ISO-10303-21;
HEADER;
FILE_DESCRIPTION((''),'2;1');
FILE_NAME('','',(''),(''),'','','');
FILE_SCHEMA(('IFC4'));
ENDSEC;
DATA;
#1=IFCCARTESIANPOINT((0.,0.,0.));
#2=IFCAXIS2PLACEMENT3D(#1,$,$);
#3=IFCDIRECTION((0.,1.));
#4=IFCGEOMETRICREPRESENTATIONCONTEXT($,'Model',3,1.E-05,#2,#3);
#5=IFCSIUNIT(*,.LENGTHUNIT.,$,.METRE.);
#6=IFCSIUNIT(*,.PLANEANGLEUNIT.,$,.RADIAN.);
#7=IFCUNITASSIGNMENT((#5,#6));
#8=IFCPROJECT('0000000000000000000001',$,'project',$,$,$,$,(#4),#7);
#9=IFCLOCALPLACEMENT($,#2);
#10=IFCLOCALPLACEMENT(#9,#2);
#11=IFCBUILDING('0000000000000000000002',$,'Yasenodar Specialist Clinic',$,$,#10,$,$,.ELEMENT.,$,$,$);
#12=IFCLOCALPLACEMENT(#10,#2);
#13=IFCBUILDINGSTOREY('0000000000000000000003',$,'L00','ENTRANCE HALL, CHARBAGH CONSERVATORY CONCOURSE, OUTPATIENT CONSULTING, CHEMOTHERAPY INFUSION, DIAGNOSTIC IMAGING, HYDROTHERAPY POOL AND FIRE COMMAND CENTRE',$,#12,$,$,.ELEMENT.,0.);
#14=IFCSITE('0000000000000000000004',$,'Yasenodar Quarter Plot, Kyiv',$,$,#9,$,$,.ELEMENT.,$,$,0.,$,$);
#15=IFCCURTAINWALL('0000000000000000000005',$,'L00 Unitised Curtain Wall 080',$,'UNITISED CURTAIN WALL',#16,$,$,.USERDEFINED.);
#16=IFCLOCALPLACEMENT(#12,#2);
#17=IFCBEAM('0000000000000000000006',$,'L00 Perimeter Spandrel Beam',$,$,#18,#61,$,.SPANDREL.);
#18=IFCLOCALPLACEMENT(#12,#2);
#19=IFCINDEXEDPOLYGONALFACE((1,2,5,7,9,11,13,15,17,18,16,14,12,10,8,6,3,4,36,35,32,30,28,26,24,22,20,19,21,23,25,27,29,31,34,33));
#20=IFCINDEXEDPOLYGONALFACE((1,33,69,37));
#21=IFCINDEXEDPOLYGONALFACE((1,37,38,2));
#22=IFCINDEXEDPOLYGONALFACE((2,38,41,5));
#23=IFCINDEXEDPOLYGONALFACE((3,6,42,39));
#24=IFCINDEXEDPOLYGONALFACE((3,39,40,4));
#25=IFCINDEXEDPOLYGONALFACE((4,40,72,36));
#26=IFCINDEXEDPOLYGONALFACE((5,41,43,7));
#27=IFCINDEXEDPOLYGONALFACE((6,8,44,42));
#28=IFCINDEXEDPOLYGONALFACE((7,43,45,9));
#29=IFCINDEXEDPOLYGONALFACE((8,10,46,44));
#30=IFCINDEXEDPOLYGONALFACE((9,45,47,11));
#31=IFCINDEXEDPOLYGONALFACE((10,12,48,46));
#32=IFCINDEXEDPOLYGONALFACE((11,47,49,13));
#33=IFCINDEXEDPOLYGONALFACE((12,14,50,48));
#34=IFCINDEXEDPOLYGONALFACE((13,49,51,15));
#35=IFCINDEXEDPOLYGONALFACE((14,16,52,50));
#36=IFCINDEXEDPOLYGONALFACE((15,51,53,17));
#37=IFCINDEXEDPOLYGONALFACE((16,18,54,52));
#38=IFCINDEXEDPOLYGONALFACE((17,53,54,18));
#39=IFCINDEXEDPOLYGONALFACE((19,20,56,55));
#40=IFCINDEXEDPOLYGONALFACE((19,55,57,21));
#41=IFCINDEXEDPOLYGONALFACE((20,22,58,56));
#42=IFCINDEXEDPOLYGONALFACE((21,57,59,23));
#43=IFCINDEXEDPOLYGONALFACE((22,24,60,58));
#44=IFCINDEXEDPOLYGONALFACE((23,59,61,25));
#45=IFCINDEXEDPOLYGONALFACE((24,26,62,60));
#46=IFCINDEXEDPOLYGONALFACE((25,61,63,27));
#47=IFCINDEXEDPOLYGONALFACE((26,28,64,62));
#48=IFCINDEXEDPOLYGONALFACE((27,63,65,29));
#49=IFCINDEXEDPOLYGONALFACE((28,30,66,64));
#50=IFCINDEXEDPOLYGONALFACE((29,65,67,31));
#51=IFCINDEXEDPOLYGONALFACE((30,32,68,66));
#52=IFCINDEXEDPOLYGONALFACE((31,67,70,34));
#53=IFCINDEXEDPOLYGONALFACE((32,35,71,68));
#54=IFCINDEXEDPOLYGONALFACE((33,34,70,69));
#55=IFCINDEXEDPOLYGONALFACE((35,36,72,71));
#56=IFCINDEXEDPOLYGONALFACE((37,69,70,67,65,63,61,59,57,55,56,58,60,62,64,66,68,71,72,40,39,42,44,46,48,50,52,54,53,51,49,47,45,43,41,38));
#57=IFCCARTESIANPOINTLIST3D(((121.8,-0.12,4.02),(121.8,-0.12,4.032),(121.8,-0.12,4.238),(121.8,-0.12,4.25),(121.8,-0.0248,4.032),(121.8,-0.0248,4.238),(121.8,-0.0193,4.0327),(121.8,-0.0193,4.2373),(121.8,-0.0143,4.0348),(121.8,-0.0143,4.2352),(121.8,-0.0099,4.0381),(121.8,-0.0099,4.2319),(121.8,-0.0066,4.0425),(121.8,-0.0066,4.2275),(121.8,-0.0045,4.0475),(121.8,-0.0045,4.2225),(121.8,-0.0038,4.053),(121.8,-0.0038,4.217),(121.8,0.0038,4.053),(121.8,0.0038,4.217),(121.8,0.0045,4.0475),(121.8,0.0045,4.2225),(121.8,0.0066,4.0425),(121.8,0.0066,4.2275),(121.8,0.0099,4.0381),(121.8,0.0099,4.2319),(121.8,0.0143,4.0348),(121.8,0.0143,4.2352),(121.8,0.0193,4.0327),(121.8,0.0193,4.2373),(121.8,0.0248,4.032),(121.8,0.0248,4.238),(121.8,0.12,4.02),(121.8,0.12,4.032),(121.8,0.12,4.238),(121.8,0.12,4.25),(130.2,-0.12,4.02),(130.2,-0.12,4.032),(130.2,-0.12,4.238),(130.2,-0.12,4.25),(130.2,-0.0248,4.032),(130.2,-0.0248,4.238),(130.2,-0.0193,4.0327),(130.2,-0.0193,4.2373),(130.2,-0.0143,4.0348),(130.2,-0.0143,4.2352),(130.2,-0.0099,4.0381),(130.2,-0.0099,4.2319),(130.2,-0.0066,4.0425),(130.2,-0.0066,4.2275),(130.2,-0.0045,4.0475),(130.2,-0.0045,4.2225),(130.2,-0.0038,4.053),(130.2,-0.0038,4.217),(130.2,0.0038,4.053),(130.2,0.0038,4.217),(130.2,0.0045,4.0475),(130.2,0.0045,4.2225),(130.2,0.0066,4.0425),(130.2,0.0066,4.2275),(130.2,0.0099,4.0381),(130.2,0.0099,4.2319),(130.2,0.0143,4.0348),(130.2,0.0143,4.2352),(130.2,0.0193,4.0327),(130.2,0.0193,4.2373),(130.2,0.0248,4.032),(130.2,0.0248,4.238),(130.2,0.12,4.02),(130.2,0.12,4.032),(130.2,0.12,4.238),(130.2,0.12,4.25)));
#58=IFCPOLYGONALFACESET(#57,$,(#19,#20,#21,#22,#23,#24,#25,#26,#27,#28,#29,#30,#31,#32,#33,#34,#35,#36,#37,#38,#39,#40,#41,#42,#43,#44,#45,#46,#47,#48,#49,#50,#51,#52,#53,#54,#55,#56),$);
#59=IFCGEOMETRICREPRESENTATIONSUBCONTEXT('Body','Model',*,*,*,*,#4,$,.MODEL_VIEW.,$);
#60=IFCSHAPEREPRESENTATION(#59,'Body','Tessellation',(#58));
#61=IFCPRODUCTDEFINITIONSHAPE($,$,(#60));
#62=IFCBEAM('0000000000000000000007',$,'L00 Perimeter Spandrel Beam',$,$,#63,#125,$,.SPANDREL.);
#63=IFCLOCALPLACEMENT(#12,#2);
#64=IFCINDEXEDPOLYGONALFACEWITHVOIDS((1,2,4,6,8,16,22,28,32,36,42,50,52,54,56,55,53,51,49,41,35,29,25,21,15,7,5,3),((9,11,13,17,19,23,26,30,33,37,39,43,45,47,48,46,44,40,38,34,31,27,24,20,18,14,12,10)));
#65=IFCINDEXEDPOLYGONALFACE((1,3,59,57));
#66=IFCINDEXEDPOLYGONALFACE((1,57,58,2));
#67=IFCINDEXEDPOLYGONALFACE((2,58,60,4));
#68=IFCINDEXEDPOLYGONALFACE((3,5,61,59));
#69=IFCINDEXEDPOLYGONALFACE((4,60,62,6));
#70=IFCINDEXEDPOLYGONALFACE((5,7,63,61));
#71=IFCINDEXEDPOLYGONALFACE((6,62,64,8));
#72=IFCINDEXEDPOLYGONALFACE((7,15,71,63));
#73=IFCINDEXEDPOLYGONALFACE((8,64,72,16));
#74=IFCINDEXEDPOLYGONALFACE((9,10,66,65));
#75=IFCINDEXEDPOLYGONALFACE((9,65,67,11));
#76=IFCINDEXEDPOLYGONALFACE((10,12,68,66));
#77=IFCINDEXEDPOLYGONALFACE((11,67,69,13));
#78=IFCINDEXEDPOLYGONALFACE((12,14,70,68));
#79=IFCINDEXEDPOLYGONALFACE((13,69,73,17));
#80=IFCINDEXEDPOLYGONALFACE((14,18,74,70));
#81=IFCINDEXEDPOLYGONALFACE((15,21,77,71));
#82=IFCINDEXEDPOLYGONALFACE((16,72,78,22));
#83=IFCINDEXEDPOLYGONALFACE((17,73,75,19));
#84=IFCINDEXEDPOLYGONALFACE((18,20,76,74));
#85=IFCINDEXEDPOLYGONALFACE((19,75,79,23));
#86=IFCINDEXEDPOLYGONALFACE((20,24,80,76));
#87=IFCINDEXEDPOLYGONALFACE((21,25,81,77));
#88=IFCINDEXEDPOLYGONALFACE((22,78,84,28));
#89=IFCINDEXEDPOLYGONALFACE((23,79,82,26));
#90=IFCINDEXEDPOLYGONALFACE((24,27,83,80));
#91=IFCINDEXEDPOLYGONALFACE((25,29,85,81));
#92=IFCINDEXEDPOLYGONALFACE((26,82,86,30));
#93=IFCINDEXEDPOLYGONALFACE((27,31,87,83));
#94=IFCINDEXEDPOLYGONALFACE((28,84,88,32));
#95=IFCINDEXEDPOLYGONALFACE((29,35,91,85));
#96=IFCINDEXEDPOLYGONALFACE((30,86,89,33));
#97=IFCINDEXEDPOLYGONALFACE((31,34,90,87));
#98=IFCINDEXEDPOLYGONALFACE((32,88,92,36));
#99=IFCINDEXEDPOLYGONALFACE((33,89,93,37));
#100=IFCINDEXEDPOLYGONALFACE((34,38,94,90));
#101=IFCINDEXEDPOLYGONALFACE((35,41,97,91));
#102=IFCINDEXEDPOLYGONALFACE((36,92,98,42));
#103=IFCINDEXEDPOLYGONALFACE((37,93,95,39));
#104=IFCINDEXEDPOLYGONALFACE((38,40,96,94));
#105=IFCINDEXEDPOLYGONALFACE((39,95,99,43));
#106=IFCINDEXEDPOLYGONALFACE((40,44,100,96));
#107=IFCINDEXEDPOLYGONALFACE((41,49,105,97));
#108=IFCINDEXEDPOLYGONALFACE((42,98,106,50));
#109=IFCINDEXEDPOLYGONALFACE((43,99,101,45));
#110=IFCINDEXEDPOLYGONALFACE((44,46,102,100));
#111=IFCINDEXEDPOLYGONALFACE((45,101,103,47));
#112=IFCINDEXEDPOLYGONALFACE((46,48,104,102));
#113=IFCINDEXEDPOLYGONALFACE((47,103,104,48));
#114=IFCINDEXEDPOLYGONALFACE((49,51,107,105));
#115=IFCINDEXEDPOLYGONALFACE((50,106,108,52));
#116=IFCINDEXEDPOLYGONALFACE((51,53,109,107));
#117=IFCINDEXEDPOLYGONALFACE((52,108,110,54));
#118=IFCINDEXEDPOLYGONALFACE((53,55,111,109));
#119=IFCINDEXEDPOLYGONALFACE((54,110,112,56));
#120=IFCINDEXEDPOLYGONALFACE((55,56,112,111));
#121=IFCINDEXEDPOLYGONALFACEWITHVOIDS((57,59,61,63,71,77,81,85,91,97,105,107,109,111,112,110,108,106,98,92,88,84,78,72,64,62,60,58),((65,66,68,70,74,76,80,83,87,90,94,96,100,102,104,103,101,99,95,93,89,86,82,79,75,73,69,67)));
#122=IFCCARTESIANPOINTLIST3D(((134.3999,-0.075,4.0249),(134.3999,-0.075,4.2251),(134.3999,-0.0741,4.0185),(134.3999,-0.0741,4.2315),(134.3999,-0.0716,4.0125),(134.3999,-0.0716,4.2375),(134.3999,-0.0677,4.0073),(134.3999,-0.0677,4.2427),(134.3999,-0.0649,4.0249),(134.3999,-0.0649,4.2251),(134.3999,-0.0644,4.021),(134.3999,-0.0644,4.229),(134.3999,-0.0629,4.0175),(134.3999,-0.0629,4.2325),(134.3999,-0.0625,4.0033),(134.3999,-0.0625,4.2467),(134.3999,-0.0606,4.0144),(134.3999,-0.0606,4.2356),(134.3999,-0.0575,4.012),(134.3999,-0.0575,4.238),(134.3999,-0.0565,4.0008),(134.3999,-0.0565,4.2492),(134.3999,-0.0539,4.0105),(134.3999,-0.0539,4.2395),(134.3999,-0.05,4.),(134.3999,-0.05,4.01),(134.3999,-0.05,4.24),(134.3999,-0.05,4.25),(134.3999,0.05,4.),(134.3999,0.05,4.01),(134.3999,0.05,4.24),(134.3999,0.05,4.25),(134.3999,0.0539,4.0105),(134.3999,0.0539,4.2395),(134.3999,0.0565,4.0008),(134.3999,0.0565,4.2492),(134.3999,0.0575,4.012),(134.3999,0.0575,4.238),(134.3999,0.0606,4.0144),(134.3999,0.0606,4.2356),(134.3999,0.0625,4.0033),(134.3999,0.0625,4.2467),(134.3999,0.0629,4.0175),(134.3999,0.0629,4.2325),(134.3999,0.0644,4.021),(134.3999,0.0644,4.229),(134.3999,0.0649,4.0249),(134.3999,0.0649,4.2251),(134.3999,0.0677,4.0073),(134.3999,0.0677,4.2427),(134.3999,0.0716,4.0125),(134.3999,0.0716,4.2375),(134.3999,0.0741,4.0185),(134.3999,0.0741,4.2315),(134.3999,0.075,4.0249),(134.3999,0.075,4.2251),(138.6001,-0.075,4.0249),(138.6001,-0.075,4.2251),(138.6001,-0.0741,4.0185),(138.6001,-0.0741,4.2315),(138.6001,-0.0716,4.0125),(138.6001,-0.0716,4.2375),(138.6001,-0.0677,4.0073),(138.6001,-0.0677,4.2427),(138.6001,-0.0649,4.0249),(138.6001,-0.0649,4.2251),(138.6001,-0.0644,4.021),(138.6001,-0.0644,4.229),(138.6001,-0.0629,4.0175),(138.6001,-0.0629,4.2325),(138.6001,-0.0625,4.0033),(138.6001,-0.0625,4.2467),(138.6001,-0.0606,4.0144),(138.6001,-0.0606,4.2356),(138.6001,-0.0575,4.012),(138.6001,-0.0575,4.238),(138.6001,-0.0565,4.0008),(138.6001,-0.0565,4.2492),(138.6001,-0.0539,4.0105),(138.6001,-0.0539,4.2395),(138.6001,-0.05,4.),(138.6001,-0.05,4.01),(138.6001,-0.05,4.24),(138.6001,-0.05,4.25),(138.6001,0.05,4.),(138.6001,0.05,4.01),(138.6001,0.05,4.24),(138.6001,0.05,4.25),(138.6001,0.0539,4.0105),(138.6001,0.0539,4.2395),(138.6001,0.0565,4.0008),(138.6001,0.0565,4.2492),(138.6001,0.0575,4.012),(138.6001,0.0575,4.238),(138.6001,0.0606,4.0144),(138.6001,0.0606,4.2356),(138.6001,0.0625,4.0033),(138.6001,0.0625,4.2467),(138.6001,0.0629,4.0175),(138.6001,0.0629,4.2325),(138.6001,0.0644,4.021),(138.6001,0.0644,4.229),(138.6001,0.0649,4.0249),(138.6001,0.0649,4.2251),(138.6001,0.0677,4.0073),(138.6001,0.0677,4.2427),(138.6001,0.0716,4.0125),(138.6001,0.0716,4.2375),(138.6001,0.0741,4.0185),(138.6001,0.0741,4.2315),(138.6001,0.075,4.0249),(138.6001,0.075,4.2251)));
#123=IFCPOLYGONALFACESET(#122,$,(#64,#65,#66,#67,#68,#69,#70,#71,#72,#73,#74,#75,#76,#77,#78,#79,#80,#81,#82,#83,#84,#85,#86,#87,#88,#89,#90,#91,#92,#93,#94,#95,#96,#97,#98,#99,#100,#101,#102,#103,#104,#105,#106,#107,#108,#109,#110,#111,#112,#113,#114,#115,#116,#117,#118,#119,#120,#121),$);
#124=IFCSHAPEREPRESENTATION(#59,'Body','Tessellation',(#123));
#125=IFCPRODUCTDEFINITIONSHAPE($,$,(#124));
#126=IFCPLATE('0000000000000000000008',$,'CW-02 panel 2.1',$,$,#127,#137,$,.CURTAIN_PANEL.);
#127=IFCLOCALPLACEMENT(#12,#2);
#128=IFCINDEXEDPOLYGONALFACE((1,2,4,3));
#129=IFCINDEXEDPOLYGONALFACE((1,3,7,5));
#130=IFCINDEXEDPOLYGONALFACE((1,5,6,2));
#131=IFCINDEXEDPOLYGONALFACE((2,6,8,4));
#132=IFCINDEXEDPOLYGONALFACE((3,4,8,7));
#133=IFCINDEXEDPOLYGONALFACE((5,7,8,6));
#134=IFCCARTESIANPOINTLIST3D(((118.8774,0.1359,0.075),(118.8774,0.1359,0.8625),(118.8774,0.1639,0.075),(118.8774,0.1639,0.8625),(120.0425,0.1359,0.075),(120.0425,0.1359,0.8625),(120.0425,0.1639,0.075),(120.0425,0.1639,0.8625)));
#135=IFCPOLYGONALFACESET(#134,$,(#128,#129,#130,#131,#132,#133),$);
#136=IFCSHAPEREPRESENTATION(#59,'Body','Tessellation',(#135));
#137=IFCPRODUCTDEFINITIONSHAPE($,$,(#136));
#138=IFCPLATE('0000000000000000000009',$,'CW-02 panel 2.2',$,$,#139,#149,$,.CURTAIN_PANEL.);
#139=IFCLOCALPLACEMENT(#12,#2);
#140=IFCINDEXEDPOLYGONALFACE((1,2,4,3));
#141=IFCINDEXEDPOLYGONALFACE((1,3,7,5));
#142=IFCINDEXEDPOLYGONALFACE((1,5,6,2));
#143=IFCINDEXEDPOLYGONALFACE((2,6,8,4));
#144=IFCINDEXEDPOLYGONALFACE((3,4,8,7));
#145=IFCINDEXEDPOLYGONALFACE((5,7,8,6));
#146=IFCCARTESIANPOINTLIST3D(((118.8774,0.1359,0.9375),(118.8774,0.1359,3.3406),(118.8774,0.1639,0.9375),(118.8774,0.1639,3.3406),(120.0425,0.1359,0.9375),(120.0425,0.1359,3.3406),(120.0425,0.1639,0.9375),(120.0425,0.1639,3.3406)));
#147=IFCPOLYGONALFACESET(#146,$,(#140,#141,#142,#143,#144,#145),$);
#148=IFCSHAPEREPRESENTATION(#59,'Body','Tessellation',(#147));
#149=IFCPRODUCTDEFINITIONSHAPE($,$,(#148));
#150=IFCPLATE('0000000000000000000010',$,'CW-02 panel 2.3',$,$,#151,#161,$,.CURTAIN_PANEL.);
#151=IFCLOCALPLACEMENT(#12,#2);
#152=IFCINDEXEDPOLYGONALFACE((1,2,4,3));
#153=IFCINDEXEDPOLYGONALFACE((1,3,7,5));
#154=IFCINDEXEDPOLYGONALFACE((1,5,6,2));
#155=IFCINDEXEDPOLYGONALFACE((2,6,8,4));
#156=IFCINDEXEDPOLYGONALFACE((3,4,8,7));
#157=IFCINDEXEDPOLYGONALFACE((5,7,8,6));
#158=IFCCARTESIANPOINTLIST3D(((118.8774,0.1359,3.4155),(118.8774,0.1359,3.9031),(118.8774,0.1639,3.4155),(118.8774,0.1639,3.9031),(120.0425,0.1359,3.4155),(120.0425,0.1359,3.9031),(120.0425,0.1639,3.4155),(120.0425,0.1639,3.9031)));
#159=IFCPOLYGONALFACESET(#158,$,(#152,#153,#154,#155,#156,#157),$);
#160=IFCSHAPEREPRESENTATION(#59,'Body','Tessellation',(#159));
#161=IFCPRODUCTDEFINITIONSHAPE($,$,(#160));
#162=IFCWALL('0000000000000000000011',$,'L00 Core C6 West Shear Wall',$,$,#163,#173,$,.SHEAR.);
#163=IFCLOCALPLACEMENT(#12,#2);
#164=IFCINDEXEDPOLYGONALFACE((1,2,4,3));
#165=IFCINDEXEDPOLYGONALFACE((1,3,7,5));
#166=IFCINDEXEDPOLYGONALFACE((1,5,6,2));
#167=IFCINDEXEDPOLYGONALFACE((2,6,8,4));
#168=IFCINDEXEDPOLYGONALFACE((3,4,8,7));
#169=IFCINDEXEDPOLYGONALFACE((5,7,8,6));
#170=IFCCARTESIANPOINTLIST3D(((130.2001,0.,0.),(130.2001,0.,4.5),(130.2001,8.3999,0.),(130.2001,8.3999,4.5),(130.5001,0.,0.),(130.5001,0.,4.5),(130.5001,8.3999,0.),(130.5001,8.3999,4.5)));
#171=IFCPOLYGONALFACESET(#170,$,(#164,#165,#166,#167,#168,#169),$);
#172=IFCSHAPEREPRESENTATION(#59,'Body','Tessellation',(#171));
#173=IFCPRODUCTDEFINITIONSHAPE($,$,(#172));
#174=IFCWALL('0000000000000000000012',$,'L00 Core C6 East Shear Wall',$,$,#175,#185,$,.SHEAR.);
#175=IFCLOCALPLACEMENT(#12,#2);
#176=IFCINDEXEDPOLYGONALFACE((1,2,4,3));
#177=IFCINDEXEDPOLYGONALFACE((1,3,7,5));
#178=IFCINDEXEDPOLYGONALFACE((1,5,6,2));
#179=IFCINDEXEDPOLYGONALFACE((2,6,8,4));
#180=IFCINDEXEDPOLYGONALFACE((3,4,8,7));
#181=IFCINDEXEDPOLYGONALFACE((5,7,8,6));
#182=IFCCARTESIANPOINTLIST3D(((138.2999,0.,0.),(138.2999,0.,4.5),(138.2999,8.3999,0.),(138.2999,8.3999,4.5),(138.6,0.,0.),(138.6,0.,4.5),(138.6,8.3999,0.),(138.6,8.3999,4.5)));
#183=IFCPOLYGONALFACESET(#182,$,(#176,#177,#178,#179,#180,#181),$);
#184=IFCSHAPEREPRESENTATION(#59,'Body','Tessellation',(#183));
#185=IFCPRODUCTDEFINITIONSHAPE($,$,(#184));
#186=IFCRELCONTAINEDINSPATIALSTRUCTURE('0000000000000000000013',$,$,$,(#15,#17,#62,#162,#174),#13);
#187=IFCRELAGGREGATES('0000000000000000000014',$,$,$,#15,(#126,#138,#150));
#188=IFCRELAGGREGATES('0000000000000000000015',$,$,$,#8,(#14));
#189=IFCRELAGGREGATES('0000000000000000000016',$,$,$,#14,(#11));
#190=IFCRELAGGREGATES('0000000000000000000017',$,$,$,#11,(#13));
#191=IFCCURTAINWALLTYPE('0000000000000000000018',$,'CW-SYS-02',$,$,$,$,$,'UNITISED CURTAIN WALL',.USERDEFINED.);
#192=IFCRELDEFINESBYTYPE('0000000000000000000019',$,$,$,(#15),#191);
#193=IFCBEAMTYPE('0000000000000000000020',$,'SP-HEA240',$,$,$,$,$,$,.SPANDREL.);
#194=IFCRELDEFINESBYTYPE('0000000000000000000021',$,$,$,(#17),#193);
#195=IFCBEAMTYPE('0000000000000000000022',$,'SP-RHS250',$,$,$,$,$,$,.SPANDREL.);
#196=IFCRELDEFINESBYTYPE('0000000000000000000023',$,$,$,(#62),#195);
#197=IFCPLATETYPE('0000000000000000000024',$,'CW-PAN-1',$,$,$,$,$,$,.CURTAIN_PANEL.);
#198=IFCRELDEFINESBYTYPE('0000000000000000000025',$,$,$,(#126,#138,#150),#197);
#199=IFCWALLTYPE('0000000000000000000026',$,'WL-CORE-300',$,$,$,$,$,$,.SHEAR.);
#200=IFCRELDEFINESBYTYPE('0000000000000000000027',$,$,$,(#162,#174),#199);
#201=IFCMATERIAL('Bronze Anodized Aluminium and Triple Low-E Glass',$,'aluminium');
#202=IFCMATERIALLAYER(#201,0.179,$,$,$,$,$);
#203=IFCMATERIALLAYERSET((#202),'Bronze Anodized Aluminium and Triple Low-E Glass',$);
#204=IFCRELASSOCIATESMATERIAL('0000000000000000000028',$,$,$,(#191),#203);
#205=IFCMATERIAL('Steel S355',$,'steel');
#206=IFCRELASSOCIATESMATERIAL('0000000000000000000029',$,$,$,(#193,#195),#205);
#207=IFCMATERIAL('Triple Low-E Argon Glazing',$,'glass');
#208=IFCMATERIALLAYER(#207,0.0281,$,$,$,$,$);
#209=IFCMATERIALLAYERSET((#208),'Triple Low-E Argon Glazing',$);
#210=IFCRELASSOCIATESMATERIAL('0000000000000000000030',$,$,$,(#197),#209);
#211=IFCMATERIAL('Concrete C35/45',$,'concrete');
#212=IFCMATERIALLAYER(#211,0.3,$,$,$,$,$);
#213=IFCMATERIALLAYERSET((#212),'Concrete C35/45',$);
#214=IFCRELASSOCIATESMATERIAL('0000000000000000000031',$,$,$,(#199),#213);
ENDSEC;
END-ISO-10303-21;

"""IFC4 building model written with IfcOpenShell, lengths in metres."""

from ifc_helpers import new_model, si_unit, direction, frame, frame_2d, origin, origin_2d, place, context, subcontext, project, spatial, rectangle, hollow_rectangle, i_section, extrude, material, layer, layer_set, material_profile, profile_set, type_object, element, aggregate, save


model = new_model("IFC4")

# Units and contexts
model_context = context("Model", 3, precision=1e-05, world=origin(), true_north=direction((0.0, 1.0)))
body_context = subcontext(model_context, "Body", "Model", "MODEL_VIEW")
ifc_project = project(units=[si_unit("LENGTHUNIT", "METRE"), si_unit("PLANEANGLEUNIT", "RADIAN")], contexts=[model_context])

# Site, building, storey
site_placement = place(None, origin())
site = spatial("IfcSite", under=ifc_project, at=site_placement, Name="Yasenodar Quarter Plot, Kyiv", CompositionType="ELEMENT", RefElevation=0.0)
building_placement = place(site_placement, origin())
building = spatial("IfcBuilding", under=site, at=building_placement, Name="Yasenodar Specialist Clinic", CompositionType="ELEMENT")
storey_placement = place(building_placement, origin())
storey = spatial("IfcBuildingStorey", under=building, at=storey_placement, Name="L00", Description="ENTRANCE HALL, CHARBAGH CONSERVATORY CONCOURSE, OUTPATIENT CONSULTING, CHEMOTHERAPY INFUSION, DIAGNOSTIC IMAGING, HYDROTHERAPY POOL AND FIRE COMMAND CENTRE", CompositionType="ELEMENT", Elevation=0.0)

# Shared definitions
ifc_material_1 = material(Name="Concrete C35/45", Category="concrete")

# Shared definitions
ifc_material_2 = material(Name="Steel S355", Category="steel")

# Curtain wall
ifc_material_3 = material(Name="Bronze Anodized Aluminium and Triple Low-E Glass", Category="aluminium")
ifc_layer_1 = layer(ifc_material_3, 0.179)
ifc_layer_set_1 = layer_set([ifc_layer_1], Name="Bronze Anodized Aluminium and Triple Low-E Glass")
curtain_wall_type = type_object("IfcCurtainWallType", Name="CW-SYS-02", ElementType="UNITISED CURTAIN WALL", PredefinedType="USERDEFINED", material=ifc_layer_set_1)
curtain_wall_placement = place(storey_placement, origin())
curtain_wall = element("IfcCurtainWall", 1, at=curtain_wall_placement, inside=storey, type_object=curtain_wall_type, Name="L00 Unitised Curtain Wall 080", ObjectType="UNITISED CURTAIN WALL", PredefinedType="USERDEFINED")

# Beams
ifc_material_profile_1 = material_profile(ifc_material_2, i_section(OverallWidth=0.24, OverallDepth=0.23, WebThickness=0.0076, FlangeThickness=0.012, FilletRadius=0.021, at=origin_2d()), Name="HEA 240")
ifc_profile_set_1 = profile_set([ifc_material_profile_1], Name="Steel S355")
beam_type_1 = type_object("IfcBeamType", Name="SP-HEA240", PredefinedType="SPANDREL", material=ifc_profile_set_1)
beam_1_placement = place(storey_placement, frame((121.8, 0.0, 4.135), z_axis=(1.0, 0.0, 0.0), x_axis=(0.0, 1.0, 0.0)))
element("IfcBeam", 2, at=beam_1_placement, inside=storey, type_object=beam_type_1, Name="L00 Perimeter Spandrel Beam", PredefinedType="SPANDREL", context=body_context, shape_type="SweptSolid", body=[
    extrude(i_section(OverallWidth=0.24, OverallDepth=0.23, WebThickness=0.0076, FlangeThickness=0.012, FilletRadius=0.021, at=origin_2d()), origin(), (0.0, 0.0, 1.0), 8.3999),
])
ifc_material_profile_2 = material_profile(ifc_material_2, hollow_rectangle(XDim=0.1499, YDim=0.25, WallThickness=0.01, InnerFilletRadius=0.0149, OuterFilletRadius=0.0249, at=origin_2d()), Name="RHS 250x150x10")
ifc_profile_set_2 = profile_set([ifc_material_profile_2], Name="Steel S355")
beam_type_2 = type_object("IfcBeamType", Name="SP-RHS250", PredefinedType="SPANDREL", material=ifc_profile_set_2)
beam_2_placement = place(storey_placement, frame((134.3999, 0.0, 4.125), z_axis=(1.0, 0.0, 0.0), x_axis=(0.0, 1.0, 0.0)))
element("IfcBeam", 3, at=beam_2_placement, inside=storey, type_object=beam_type_2, Name="L00 Perimeter Spandrel Beam", PredefinedType="SPANDREL", context=body_context, shape_type="SweptSolid", body=[
    extrude(hollow_rectangle(XDim=0.1499, YDim=0.25, WallThickness=0.01, InnerFilletRadius=0.0149, OuterFilletRadius=0.0249, at=origin_2d()), origin(), (0.0, 0.0, 1.0), 4.2002),
])

# Plates
ifc_material_4 = material(Name="Triple Low-E Argon Glazing", Category="glass")
ifc_layer_2 = layer(ifc_material_4, 0.0281)
ifc_layer_set_2 = layer_set([ifc_layer_2], Name="Triple Low-E Argon Glazing")
plate_type = type_object("IfcPlateType", Name="CW-PAN-1", PredefinedType="CURTAIN_PANEL", material=ifc_layer_set_2)
plate_1_placement = place(storey_placement, frame((119.46, 0.1499, 0.075), z_axis=(0.0, 0.0, 1.0), x_axis=(-1.0, 0.0, 0.0)))
plate_1 = element("IfcPlate", 4, at=plate_1_placement, type_object=plate_type, Name="CW-02 panel 2.1", PredefinedType="CURTAIN_PANEL", context=body_context, shape_type="SweptSolid", body=[
    extrude(rectangle(XDim=1.165, YDim=0.0281, at=origin_2d()), origin(), (0.0, 0.0, 1.0), 0.7876),
])
plate_2_placement = place(storey_placement, frame((119.46, 0.1499, 0.9375), z_axis=(0.0, 0.0, 1.0), x_axis=(-1.0, 0.0, 0.0)))
plate_2 = element("IfcPlate", 5, at=plate_2_placement, type_object=plate_type, Name="CW-02 panel 2.2", PredefinedType="CURTAIN_PANEL", context=body_context, shape_type="SweptSolid", body=[
    extrude(rectangle(XDim=1.165, YDim=0.0281, at=origin_2d()), origin(), (0.0, 0.0, 1.0), 2.4031),
])
plate_3_placement = place(storey_placement, frame((119.46, 0.1499, 3.4155), z_axis=(0.0, 0.0, 1.0), x_axis=(-1.0, 0.0, 0.0)))
plate_3 = element("IfcPlate", 6, at=plate_3_placement, type_object=plate_type, Name="CW-02 panel 2.3", PredefinedType="CURTAIN_PANEL", context=body_context, shape_type="SweptSolid", body=[
    extrude(rectangle(XDim=1.165, YDim=0.0281, at=origin_2d()), origin(), (0.0, 0.0, 1.0), 0.4875),
])
aggregate(curtain_wall, [plate_1, plate_2, plate_3])

# Walls
ifc_layer_3 = layer(ifc_material_1, 0.3)
ifc_layer_set_3 = layer_set([ifc_layer_3], Name="Concrete C35/45")
wall_type = type_object("IfcWallType", Name="WL-CORE-300", PredefinedType="SHEAR", material=ifc_layer_set_3)
for number, where, z_axis, x_axis, name in (
    (7, (130.3501, 0.0, 0.0), (0.0, 0.0, 1.0), (0.0, 1.0, 0.0), "L00 Core C6 West Shear Wall"),
    (8, (138.45, 0.0, 0.0), (0.0, 0.0, 1.0), (0.0, 1.0, 0.0), "L00 Core C6 East Shear Wall"),
):
    element("IfcWall", number, at=place(storey_placement, frame(where, z_axis=z_axis, x_axis=x_axis)), inside=storey, type_object=wall_type, Name=name, PredefinedType="SHEAR", context=body_context, shape_type="SweptSolid", body=[
        extrude(rectangle(XDim=8.3999, YDim=0.3, at=frame_2d((4.2, 0.0))), origin(), (0.0, 0.0, 1.0), 4.5),
    ])

save(model, "model.ifc")
